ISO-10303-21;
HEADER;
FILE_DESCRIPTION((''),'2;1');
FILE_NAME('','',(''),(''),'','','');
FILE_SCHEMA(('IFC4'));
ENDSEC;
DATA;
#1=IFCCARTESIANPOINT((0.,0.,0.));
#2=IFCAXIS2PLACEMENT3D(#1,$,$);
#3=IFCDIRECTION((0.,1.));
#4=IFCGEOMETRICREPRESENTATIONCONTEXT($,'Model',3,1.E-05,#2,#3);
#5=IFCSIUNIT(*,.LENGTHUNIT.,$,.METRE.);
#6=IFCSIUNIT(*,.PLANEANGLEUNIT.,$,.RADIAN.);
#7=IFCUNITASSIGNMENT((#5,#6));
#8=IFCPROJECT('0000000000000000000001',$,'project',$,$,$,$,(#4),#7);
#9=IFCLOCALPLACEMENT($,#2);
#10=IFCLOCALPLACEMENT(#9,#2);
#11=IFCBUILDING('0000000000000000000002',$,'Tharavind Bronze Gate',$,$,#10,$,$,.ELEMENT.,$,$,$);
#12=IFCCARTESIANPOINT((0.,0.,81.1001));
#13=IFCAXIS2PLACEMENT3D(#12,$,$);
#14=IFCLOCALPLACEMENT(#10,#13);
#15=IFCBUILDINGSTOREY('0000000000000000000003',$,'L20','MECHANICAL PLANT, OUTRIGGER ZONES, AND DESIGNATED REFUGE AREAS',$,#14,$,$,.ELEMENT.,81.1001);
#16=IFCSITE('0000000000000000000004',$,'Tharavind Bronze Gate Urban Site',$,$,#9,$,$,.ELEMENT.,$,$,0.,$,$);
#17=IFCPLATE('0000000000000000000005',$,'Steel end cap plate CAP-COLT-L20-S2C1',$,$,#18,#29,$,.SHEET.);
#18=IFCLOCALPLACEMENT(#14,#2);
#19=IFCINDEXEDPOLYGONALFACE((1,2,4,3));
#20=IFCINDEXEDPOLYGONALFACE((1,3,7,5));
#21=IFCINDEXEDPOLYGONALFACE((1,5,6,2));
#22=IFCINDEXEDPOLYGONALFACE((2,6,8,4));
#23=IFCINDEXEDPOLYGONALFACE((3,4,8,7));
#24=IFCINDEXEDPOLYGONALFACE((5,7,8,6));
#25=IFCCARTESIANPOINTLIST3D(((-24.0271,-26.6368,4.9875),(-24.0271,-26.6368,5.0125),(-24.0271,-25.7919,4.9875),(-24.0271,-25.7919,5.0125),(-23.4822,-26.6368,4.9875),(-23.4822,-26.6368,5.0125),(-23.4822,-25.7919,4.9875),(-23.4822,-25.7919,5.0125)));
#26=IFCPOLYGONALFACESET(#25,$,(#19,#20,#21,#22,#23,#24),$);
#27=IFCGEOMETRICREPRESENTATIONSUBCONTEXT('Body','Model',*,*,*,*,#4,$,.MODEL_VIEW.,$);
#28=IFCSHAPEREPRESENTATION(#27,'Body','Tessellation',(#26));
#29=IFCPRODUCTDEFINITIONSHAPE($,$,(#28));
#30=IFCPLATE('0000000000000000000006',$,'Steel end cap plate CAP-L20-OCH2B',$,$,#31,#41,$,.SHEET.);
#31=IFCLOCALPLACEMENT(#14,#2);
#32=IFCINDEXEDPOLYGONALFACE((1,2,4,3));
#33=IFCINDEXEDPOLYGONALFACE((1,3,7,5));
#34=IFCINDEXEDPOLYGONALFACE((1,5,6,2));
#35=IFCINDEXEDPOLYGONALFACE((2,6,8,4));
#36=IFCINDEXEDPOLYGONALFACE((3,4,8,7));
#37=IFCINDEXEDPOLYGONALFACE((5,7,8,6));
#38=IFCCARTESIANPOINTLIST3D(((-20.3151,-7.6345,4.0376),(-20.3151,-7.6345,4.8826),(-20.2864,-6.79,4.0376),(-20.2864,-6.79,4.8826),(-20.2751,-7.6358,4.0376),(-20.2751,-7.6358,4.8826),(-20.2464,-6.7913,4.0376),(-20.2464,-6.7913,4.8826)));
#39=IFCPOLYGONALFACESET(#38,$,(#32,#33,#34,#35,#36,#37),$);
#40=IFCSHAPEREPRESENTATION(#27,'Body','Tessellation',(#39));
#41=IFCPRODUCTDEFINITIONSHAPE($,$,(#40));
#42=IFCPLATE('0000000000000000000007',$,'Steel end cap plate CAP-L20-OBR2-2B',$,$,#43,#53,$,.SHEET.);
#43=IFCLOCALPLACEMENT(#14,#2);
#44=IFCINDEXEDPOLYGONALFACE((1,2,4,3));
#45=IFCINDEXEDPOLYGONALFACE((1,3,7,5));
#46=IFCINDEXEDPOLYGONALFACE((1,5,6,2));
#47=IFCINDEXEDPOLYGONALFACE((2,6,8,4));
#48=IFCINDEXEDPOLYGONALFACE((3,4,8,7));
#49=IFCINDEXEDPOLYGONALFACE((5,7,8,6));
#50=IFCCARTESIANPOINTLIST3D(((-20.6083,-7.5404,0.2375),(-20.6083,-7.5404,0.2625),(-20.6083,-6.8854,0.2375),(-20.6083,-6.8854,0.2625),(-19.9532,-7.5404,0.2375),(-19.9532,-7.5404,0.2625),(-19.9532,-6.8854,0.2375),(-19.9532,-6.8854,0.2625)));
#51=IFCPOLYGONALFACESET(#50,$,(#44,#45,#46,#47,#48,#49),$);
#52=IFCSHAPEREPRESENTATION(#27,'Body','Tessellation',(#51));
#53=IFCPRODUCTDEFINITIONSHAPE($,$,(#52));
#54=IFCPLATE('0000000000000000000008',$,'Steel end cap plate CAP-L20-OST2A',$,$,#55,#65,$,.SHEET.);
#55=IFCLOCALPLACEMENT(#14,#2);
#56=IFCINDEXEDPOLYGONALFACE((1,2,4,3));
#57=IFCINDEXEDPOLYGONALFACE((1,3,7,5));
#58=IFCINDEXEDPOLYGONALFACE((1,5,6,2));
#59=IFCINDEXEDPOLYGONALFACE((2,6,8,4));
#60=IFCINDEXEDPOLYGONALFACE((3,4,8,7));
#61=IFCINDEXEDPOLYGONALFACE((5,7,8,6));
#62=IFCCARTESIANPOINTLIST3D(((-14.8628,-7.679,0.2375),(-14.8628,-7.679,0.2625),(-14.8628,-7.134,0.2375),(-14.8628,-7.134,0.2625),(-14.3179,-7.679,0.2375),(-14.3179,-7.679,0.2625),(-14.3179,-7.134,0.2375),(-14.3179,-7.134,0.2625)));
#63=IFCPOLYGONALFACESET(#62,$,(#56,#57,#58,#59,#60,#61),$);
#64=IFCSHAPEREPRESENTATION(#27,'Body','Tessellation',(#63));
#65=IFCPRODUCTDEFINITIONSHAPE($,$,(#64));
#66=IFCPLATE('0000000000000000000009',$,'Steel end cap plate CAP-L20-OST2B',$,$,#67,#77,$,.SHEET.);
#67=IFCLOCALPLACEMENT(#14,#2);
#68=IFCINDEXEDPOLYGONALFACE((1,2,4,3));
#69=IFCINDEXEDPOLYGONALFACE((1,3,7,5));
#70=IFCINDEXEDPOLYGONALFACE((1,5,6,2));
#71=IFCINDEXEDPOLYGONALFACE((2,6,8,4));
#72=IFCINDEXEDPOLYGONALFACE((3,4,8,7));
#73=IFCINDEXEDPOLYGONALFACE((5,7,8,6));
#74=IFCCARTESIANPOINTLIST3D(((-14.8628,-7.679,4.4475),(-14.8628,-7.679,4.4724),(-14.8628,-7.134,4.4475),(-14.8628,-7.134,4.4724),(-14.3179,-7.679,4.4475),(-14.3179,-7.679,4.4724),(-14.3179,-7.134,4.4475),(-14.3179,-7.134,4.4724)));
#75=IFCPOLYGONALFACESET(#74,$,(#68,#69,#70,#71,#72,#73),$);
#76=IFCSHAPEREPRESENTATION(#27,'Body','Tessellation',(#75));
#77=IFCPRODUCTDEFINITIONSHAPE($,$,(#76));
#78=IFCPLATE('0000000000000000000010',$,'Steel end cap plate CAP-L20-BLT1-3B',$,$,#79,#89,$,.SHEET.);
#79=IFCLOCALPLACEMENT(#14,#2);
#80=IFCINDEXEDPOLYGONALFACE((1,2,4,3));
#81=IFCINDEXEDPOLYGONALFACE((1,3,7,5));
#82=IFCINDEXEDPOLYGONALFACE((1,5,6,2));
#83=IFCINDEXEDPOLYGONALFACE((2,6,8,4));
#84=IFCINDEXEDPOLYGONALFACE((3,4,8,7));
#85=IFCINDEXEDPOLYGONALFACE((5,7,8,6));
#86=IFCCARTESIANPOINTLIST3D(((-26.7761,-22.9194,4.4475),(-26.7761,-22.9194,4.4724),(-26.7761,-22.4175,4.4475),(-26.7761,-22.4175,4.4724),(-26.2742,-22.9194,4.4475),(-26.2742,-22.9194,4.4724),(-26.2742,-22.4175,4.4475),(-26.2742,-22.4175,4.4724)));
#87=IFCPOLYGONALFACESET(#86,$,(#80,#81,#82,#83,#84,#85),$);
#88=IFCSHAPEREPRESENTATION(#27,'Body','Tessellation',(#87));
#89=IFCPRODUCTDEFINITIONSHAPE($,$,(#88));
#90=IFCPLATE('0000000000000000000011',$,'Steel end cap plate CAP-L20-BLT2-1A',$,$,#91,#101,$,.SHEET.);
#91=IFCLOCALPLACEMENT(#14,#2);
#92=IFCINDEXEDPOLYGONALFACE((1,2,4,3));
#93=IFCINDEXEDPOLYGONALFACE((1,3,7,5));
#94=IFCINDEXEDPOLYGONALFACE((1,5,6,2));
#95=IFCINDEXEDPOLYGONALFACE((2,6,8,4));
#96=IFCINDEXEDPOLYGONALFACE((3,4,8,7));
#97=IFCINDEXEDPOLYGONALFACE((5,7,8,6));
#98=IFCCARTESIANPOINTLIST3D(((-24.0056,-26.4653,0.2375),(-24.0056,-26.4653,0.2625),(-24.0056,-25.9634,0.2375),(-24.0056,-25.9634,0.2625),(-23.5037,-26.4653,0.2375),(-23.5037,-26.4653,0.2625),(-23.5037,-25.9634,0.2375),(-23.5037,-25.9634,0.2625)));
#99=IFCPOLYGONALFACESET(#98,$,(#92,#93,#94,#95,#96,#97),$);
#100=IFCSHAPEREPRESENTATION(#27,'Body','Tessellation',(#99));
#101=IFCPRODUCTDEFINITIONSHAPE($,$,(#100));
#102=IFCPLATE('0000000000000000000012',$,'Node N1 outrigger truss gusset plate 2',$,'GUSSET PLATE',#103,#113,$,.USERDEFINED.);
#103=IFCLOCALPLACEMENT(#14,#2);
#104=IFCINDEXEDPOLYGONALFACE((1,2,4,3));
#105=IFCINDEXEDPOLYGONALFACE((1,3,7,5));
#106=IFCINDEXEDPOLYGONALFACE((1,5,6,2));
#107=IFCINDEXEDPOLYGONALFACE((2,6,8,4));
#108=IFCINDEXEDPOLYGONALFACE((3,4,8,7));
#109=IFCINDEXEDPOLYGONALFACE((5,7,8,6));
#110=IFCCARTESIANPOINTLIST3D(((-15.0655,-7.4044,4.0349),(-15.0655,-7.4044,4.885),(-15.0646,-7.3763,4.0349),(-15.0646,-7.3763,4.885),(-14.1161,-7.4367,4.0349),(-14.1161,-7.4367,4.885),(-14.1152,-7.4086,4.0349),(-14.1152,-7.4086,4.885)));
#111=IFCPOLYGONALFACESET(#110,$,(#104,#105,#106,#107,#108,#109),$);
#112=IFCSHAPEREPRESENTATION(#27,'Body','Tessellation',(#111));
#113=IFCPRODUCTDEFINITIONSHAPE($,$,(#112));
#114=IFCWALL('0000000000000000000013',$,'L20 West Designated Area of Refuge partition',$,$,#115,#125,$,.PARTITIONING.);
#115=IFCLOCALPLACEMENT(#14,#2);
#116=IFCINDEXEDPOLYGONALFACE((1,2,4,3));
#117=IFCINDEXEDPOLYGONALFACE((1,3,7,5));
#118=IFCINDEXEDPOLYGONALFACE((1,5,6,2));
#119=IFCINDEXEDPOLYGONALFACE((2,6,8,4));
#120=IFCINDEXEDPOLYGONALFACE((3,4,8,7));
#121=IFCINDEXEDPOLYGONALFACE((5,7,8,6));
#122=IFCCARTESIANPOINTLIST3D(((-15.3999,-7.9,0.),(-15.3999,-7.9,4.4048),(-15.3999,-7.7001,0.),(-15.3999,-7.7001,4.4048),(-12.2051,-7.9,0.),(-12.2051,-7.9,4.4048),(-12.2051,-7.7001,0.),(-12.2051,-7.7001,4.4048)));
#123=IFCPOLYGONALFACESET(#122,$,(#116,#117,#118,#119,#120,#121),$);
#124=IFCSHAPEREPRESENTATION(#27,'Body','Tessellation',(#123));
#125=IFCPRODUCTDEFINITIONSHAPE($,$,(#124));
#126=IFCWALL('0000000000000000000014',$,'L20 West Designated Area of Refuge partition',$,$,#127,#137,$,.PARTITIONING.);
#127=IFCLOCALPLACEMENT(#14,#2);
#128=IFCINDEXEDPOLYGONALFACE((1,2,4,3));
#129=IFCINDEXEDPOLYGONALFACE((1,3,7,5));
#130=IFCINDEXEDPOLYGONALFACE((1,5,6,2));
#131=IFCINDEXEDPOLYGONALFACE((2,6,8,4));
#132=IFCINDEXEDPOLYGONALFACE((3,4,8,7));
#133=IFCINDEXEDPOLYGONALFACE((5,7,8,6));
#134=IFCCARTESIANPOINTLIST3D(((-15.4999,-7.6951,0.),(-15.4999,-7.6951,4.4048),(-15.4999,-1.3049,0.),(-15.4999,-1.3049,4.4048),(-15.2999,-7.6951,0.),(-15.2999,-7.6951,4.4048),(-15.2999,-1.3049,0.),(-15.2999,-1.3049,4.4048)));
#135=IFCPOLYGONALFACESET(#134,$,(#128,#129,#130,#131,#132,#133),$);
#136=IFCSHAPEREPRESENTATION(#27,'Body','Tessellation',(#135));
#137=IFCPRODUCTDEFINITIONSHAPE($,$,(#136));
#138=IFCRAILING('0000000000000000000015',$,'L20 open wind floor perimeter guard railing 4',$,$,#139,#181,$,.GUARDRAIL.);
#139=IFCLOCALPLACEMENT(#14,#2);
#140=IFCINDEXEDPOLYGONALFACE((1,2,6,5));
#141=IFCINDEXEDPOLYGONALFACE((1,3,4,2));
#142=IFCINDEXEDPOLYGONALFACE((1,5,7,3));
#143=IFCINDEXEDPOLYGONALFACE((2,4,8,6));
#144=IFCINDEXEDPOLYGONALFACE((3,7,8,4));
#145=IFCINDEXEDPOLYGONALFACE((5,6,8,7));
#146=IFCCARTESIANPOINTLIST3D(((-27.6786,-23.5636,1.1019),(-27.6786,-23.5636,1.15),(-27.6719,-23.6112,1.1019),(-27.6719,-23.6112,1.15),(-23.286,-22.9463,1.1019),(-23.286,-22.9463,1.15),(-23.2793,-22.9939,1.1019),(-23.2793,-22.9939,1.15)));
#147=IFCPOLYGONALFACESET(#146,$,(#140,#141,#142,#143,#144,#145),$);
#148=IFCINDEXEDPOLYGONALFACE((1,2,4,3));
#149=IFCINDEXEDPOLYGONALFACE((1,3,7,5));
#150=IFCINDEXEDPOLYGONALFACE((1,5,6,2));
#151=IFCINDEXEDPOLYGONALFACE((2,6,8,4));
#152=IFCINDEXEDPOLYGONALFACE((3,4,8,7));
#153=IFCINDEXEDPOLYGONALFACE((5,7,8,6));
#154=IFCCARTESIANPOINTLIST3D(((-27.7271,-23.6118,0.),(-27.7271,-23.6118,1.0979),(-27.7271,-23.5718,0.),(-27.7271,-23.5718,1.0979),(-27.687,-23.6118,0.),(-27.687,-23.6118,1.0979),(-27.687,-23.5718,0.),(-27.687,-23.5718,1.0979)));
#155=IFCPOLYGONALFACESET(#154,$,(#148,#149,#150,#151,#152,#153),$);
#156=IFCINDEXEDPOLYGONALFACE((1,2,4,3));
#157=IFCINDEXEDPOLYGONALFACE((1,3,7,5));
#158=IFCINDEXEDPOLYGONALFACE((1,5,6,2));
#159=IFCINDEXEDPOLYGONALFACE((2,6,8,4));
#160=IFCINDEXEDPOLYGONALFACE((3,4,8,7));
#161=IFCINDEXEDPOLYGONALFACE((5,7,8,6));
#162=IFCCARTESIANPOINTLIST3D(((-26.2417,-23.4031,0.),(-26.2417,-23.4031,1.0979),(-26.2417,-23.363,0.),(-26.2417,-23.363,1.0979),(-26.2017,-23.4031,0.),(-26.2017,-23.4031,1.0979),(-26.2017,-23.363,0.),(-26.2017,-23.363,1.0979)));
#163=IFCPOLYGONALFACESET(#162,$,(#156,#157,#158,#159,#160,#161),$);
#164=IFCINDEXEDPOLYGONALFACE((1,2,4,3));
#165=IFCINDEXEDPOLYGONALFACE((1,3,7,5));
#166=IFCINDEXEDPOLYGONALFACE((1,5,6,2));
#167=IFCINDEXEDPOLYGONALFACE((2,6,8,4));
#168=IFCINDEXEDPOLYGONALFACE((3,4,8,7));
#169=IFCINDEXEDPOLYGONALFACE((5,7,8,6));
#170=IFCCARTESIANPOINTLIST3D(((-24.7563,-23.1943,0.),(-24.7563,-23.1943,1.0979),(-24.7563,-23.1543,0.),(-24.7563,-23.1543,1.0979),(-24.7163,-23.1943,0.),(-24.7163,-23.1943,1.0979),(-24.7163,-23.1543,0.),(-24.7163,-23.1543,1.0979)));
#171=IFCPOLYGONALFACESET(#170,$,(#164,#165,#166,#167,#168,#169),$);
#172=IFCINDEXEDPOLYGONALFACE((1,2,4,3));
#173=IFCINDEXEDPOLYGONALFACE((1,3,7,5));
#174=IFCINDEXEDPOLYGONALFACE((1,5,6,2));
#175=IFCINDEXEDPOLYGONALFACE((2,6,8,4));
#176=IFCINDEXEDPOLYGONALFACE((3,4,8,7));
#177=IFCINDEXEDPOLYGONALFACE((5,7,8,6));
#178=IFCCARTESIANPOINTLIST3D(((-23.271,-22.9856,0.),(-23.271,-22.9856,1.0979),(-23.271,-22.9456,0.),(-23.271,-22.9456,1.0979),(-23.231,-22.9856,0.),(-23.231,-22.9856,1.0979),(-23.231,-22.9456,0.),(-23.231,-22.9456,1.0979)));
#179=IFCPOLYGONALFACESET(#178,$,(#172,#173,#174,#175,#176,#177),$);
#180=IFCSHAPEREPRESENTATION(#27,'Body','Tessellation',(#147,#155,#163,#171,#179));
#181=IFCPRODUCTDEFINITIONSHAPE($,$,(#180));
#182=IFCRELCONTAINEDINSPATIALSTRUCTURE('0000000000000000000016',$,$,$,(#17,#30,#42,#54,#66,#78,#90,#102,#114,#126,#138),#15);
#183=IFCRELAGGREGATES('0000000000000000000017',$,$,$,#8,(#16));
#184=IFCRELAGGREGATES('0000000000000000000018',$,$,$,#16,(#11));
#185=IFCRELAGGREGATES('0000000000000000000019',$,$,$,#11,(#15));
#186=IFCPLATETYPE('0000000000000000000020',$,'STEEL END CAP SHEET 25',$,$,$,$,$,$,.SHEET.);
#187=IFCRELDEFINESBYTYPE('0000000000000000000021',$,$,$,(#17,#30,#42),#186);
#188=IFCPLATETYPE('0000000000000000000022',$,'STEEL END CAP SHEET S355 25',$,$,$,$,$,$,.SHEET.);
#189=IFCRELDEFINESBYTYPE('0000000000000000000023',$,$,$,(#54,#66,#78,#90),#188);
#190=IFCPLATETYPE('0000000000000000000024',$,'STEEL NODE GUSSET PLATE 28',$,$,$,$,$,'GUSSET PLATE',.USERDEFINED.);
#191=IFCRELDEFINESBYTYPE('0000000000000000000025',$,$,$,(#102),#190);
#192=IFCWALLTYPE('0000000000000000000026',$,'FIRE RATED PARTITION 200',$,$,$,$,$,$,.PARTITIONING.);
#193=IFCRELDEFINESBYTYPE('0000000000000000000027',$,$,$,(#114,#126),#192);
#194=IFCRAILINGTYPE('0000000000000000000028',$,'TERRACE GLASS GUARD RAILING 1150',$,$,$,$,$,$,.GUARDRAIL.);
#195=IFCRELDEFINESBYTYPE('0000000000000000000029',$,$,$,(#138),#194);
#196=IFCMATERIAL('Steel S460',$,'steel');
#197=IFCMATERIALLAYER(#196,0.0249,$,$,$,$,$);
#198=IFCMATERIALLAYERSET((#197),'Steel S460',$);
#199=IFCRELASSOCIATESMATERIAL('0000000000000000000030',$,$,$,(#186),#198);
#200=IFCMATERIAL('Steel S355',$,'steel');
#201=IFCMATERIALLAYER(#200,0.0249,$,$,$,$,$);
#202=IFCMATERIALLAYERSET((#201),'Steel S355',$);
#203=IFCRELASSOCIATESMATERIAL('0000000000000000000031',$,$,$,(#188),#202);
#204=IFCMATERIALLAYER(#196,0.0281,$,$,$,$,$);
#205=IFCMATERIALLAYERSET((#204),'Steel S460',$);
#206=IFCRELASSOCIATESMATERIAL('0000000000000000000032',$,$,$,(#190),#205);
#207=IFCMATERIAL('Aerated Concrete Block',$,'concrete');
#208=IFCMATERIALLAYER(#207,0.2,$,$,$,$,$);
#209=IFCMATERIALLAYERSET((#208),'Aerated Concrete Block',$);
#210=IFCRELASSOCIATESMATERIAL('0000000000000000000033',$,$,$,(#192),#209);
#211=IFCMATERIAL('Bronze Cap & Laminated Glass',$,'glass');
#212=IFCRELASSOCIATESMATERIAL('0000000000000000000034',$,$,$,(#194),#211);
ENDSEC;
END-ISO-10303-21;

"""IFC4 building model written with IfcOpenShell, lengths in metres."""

from ifc_helpers import new_model, si_unit, direction, frame, frame_2d, origin, origin_2d, place, context, subcontext, project, spatial, rectangle, extrude, material, layer, layer_set, type_object, element, save


model = new_model("IFC4")

# Units and contexts
model_context = context("Model", 3, precision=1e-05, world=origin(), true_north=direction((0.0, 1.0)))
body_context = subcontext(model_context, "Body", "Model", "MODEL_VIEW")
ifc_project = project(units=[si_unit("LENGTHUNIT", "METRE"), si_unit("PLANEANGLEUNIT", "RADIAN")], contexts=[model_context])

# Site, building, storey
site_placement = place(None, origin())
site = spatial("IfcSite", under=ifc_project, at=site_placement, Name="Tharavind Bronze Gate Urban Site", CompositionType="ELEMENT", RefElevation=0.0)
building_placement = place(site_placement, origin())
building = spatial("IfcBuilding", under=site, at=building_placement, Name="Tharavind Bronze Gate", CompositionType="ELEMENT")
storey_placement = place(building_placement, frame((0.0, 0.0, 81.1001)))
storey = spatial("IfcBuildingStorey", under=building, at=storey_placement, Name="L20", Description="MECHANICAL PLANT, OUTRIGGER ZONES, AND DESIGNATED REFUGE AREAS", CompositionType="ELEMENT", Elevation=81.1001)

# Shared definitions
ifc_material_1 = material(Name="Steel S460", Category="steel")

# Shared definitions
ifc_material_2 = material(Name="Steel S355", Category="steel")

# Plates
ifc_layer_1 = layer(ifc_material_1, 0.0249)
ifc_layer_set_1 = layer_set([ifc_layer_1], Name="Steel S460")
plate_type_1 = type_object("IfcPlateType", Name="STEEL END CAP SHEET 25", PredefinedType="SHEET", material=ifc_layer_set_1)
for number, where, z_axis, x_axis, name in (
    (1, (-23.7546, -26.2144, 4.9875), (0.0, 0.0, 1.0), (1.0, 0.0, 0.0), "Steel end cap plate CAP-COLT-L20-S2C1"),
):
    element("IfcPlate", number, at=place(storey_placement, frame(where, z_axis=z_axis, x_axis=x_axis)), inside=storey, type_object=plate_type_1, Name=name, PredefinedType="SHEET", context=body_context, shape_type="SweptSolid", body=[
        extrude(rectangle(XDim=0.5449, YDim=0.845, at=origin_2d()), origin(), (0.0, 0.0, 1.0), 0.0249),
    ])
plate_1_placement = place(storey_placement, frame((-20.2808, -7.2129, 4.0376), z_axis=(0.0, 0.0, 1.0), x_axis=(-0.999422, 0.033985, 0.0)))
element("IfcPlate", 2, at=plate_1_placement, inside=storey, type_object=plate_type_1, Name="Steel end cap plate CAP-L20-OCH2B", PredefinedType="SHEET", context=body_context, shape_type="SweptSolid", body=[
    extrude(rectangle(XDim=0.04, YDim=0.845, at=origin_2d()), origin(), (0.0, 0.0, 1.0), 0.845),
])
plate_2_placement = place(storey_placement, frame((-20.2808, -7.2129, 0.2375), z_axis=(0.0, 0.0, 1.0), x_axis=(1.0, 0.0, 0.0)))
element("IfcPlate", 3, at=plate_2_placement, inside=storey, type_object=plate_type_1, Name="Steel end cap plate CAP-L20-OBR2-2B", PredefinedType="SHEET", context=body_context, shape_type="SweptSolid", body=[
    extrude(rectangle(XDim=0.655, YDim=0.655, at=origin_2d()), origin(), (0.0, 0.0, 1.0), 0.0249),
])
ifc_layer_2 = layer(ifc_material_2, 0.0249)
ifc_layer_set_2 = layer_set([ifc_layer_2], Name="Steel S355")
plate_type_2 = type_object("IfcPlateType", Name="STEEL END CAP SHEET S355 25", PredefinedType="SHEET", material=ifc_layer_set_2)
for number, where, z_axis, x_axis, name in (
    (4, (-14.5903, -7.4065, 0.2375), (0.0, 0.0, 1.0), (1.0, 0.0, 0.0), "Steel end cap plate CAP-L20-OST2A"),
    (5, (-14.5903, -7.4065, 4.4475), (0.0, 0.0, 1.0), (1.0, 0.0, 0.0), "Steel end cap plate CAP-L20-OST2B"),
):
    element("IfcPlate", number, at=place(storey_placement, frame(where, z_axis=z_axis, x_axis=x_axis)), inside=storey, type_object=plate_type_2, Name=name, PredefinedType="SHEET", context=body_context, shape_type="SweptSolid", body=[
        extrude(rectangle(XDim=0.5449, YDim=0.5449, at=origin_2d()), origin(), (0.0, 0.0, 1.0), 0.0249),
    ])
for number, where, z_axis, x_axis, name in (
    (6, (-26.5251, -22.6685, 4.4475), (0.0, 0.0, 1.0), (1.0, 0.0, 0.0), "Steel end cap plate CAP-L20-BLT1-3B"),
    (7, (-23.7546, -26.2144, 0.2375), (0.0, 0.0, 1.0), (1.0, 0.0, 0.0), "Steel end cap plate CAP-L20-BLT2-1A"),
):
    element("IfcPlate", number, at=place(storey_placement, frame(where, z_axis=z_axis, x_axis=x_axis)), inside=storey, type_object=plate_type_2, Name=name, PredefinedType="SHEET", context=body_context, shape_type="SweptSolid", body=[
        extrude(rectangle(XDim=0.502, YDim=0.502, at=origin_2d()), origin(), (0.0, 0.0, 1.0), 0.0249),
    ])
ifc_layer_3 = layer(ifc_material_1, 0.0281)
ifc_layer_set_3 = layer_set([ifc_layer_3], Name="Steel S460")
plate_type_3 = type_object("IfcPlateType", Name="STEEL NODE GUSSET PLATE 28", ElementType="GUSSET PLATE", PredefinedType="USERDEFINED", material=ifc_layer_set_3)
plate_3_placement = place(storey_placement, frame((-14.5903, -7.4065, 4.0349), z_axis=(0.0, 0.0, 1.0), x_axis=(-0.999422, 0.033985, 0.0)))
element("IfcPlate", 8, at=plate_3_placement, inside=storey, type_object=plate_type_3, Name="Node N1 outrigger truss gusset plate 2", ObjectType="GUSSET PLATE", PredefinedType="USERDEFINED", context=body_context, shape_type="SweptSolid", body=[
    extrude(rectangle(XDim=0.95, YDim=0.0281, at=origin_2d()), origin(), (0.0, 0.0, 1.0), 0.8501),
])

# Walls
ifc_material_3 = material(Name="Aerated Concrete Block", Category="concrete")
ifc_layer_4 = layer(ifc_material_3, 0.2)
ifc_layer_set_4 = layer_set([ifc_layer_4], Name="Aerated Concrete Block")
wall_type = type_object("IfcWallType", Name="FIRE RATED PARTITION 200", PredefinedType="PARTITIONING", material=ifc_layer_set_4)
wall_1_placement = place(storey_placement, frame((-12.2051, -7.8, 0.0), z_axis=(0.0, 0.0, 1.0), x_axis=(-1.0, 0.0, 0.0)))
element("IfcWall", 9, at=wall_1_placement, inside=storey, type_object=wall_type, Name="L20 West Designated Area of Refuge partition", PredefinedType="PARTITIONING", context=body_context, shape_type="SweptSolid", body=[
    extrude(rectangle(XDim=3.1948, YDim=0.2, at=frame_2d((1.5974, 0.0))), origin(), (0.0, 0.0, 1.0), 4.4048),
])
wall_2_placement = place(storey_placement, frame((-15.3999, -7.6951, 0.0), z_axis=(0.0, 0.0, 1.0), x_axis=(0.0, 1.0, 0.0)))
element("IfcWall", 10, at=wall_2_placement, inside=storey, type_object=wall_type, Name="L20 West Designated Area of Refuge partition", PredefinedType="PARTITIONING", context=body_context, shape_type="SweptSolid", body=[
    extrude(rectangle(XDim=6.3901, YDim=0.2, at=frame_2d((3.1951, 0.0))), origin(), (0.0, 0.0, 1.0), 4.4048),
])

# Railing
ifc_material_4 = material(Name="Bronze Cap & Laminated Glass", Category="glass")
railing_type = type_object("IfcRailingType", Name="TERRACE GLASS GUARD RAILING 1150", PredefinedType="GUARDRAIL", material=ifc_material_4)
railing_1_placement = place(storey_placement, frame((-27.707, -23.5918, 0.0)))
element("IfcRailing", 11, at=railing_1_placement, inside=storey, type_object=railing_type, Name="L20 open wind floor perimeter guard railing 4", PredefinedType="GUARDRAIL", context=body_context, shape_type="SweptSolid", body=[
    extrude(rectangle(XDim=0.0481, YDim=0.0481, at=origin_2d()), frame((0.0317, 0.0044, 1.126), z_axis=(0.990269, 0.139165, 0.0), x_axis=(-0.139165, 0.990269, 0.0)), (0.0, 0.0, 1.0), 4.4358),
    extrude(rectangle(XDim=0.04, YDim=0.04, at=origin_2d()), origin(), (0.0, 0.0, 1.0), 1.0979),
    extrude(rectangle(XDim=0.04, YDim=0.04, at=origin_2d()), frame((1.4854, 0.2087, 0.0)), (0.0, 0.0, 1.0), 1.0979),
    extrude(rectangle(XDim=0.04, YDim=0.04, at=origin_2d()), frame((2.9707, 0.4175, 0.0)), (0.0, 0.0, 1.0), 1.0979),
    extrude(rectangle(XDim=0.04, YDim=0.04, at=origin_2d()), frame((4.4561, 0.6262, 0.0)), (0.0, 0.0, 1.0), 1.0979),
])

save(model, "model.ifc")
